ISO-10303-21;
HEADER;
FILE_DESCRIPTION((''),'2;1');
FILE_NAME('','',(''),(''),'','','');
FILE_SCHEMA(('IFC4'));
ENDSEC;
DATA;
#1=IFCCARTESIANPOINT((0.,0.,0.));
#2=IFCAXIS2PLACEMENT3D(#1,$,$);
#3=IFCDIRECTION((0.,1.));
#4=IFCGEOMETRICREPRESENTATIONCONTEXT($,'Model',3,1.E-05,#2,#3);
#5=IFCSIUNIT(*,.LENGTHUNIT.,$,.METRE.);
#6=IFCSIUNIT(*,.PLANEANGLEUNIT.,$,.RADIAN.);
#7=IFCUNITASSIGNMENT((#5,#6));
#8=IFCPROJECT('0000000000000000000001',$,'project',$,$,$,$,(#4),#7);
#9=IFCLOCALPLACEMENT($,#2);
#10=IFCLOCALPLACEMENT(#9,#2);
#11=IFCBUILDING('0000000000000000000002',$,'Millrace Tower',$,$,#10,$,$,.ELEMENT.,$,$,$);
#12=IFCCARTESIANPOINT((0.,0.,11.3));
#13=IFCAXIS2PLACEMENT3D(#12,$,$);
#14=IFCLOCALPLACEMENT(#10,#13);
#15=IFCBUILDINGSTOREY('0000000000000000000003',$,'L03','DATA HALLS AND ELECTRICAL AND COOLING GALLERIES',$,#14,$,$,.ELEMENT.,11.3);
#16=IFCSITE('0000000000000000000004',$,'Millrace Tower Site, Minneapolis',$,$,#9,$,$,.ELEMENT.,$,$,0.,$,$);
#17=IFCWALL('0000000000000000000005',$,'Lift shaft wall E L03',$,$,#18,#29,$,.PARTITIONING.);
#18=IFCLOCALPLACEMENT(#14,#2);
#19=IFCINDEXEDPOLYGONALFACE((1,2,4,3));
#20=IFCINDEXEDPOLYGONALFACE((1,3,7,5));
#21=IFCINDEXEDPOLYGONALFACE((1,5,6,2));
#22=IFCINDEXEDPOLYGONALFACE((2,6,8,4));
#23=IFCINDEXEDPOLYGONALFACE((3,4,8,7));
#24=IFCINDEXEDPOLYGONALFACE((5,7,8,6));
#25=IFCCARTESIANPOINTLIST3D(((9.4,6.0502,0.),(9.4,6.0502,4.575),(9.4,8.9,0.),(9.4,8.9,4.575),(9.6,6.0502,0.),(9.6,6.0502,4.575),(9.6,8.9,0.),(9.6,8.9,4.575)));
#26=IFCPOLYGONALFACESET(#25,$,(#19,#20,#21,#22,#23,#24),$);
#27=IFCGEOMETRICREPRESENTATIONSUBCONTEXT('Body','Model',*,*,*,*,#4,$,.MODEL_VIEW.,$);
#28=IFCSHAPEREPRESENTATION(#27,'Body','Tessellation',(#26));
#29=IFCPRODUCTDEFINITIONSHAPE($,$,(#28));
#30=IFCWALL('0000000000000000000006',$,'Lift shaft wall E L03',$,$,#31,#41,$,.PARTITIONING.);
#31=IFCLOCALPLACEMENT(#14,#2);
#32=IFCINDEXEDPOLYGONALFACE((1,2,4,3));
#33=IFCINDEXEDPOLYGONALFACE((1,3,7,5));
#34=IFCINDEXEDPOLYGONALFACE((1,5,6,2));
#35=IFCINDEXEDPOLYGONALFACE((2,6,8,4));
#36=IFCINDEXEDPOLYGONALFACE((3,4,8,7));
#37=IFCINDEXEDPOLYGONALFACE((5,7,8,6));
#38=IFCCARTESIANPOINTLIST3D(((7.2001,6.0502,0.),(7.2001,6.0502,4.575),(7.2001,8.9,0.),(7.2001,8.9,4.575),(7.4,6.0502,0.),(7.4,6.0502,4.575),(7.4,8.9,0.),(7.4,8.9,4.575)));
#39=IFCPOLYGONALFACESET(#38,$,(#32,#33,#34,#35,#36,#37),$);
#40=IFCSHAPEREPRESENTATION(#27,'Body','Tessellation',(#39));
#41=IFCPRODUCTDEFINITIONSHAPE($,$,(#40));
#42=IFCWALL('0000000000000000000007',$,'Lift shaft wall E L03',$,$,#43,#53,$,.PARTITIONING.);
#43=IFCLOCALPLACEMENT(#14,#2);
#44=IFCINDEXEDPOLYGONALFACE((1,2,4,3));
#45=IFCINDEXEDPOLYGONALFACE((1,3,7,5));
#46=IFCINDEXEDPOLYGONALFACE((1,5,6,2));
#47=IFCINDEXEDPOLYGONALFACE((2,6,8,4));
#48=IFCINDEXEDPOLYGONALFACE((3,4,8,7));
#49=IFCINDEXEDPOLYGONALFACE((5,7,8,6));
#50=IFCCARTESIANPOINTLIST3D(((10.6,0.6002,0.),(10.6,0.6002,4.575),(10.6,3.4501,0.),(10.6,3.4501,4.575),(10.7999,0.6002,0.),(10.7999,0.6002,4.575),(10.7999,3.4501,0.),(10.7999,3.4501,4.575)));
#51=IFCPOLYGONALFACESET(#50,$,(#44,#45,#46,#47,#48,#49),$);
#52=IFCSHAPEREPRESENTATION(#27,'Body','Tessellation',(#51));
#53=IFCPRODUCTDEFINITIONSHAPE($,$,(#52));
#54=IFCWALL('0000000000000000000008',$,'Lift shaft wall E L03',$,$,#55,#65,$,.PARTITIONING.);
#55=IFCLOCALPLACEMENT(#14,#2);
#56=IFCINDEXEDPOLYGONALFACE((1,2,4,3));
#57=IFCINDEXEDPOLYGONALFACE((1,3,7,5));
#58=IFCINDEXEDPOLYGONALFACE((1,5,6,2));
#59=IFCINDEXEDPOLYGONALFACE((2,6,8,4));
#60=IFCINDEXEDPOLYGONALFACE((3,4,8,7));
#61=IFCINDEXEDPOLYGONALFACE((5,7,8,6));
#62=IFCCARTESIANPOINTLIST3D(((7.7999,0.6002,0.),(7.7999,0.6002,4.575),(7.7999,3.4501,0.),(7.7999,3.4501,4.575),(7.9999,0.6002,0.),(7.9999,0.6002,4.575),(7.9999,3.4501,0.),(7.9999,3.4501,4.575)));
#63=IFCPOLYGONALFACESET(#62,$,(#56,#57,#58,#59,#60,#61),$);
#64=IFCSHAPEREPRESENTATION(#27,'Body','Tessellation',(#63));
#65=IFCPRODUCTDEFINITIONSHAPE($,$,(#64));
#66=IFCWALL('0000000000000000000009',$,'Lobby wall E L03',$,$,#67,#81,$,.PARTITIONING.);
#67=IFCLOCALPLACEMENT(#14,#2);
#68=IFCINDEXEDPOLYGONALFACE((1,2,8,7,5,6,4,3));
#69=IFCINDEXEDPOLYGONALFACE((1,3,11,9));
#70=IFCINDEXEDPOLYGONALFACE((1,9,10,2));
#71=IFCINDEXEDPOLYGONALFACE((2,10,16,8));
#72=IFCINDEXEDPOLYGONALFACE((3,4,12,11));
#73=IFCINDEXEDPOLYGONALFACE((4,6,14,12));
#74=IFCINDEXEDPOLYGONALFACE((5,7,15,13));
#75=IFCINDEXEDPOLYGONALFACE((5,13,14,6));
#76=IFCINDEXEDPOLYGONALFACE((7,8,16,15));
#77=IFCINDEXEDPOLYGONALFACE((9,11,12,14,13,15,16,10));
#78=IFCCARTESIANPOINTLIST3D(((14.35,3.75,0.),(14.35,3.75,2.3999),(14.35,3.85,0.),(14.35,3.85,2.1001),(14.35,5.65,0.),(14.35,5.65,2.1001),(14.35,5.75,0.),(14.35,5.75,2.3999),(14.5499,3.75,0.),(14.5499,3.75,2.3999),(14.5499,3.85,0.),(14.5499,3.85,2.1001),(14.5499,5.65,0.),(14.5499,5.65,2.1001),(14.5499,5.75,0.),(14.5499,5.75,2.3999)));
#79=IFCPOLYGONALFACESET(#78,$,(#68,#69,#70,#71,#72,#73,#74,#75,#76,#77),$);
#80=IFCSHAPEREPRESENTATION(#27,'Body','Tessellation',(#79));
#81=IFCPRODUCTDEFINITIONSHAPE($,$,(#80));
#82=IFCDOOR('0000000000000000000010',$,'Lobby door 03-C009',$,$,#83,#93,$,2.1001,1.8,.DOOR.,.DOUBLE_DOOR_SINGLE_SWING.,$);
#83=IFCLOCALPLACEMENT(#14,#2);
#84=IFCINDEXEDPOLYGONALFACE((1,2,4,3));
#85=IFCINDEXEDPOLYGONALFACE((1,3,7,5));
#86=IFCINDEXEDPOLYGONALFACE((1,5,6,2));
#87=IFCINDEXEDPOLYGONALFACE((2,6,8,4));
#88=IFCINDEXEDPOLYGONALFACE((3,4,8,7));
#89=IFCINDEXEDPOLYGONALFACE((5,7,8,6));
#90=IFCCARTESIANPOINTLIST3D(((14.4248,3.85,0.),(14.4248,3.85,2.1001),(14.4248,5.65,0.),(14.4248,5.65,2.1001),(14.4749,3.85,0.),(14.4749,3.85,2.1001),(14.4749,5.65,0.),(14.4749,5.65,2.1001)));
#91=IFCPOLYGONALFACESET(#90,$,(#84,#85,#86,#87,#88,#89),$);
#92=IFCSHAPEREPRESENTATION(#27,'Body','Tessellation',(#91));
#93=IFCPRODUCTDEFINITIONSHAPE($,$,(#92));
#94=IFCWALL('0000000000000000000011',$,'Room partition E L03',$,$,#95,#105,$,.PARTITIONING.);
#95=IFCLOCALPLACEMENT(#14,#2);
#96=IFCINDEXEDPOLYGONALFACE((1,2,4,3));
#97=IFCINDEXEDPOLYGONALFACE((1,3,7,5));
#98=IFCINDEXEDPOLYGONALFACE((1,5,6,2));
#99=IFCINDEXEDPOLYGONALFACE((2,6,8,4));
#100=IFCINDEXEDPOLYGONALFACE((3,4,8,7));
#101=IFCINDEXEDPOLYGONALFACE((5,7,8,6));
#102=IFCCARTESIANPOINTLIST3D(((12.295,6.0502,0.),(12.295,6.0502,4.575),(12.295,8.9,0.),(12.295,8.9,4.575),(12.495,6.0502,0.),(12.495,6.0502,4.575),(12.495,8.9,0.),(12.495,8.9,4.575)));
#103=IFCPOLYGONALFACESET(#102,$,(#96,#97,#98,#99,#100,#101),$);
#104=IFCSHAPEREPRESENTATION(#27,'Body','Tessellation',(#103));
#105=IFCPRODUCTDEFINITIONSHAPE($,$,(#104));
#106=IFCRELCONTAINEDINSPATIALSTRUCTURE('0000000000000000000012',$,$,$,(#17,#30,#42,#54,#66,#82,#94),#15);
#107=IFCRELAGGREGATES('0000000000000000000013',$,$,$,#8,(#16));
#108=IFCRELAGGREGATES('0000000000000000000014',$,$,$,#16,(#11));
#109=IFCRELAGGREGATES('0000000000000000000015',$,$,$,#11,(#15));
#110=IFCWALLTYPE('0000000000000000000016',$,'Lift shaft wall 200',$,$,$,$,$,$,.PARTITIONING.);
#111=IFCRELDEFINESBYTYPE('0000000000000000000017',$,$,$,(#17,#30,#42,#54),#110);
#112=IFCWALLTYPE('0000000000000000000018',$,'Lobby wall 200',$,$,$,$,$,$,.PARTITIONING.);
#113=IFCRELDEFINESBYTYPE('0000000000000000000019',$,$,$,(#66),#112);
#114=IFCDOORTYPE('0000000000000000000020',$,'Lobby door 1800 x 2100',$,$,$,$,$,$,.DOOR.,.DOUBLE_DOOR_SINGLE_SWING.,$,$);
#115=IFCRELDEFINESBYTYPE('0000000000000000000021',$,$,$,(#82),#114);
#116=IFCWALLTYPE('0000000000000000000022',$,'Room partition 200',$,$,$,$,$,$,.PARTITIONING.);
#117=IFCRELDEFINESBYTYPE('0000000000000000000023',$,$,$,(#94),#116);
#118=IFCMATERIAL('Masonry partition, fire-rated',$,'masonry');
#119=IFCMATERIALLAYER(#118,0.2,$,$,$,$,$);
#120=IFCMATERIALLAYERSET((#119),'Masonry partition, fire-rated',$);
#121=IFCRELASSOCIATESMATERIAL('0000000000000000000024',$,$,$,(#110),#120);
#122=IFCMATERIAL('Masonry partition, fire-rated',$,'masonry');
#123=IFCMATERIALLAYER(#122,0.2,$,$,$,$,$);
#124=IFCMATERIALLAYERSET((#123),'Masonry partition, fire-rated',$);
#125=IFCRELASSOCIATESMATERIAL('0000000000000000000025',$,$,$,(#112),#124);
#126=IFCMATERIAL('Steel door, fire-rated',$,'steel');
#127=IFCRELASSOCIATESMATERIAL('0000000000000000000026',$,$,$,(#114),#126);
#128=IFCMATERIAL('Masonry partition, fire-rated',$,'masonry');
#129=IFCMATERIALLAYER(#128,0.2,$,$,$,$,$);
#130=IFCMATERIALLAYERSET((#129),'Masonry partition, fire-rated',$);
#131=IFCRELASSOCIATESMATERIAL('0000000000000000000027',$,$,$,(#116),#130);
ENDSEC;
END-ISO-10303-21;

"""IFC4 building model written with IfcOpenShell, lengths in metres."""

from ifc_helpers import new_model, si_unit, direction, frame, frame_2d, origin, place, context, subcontext, project, spatial, rectangle, extrude, material, layer, layer_set, type_object, element, fill, save


model = new_model("IFC4")

# Units and contexts
model_context = context("Model", 3, precision=1e-05, world=origin(), true_north=direction((0.0, 1.0)))
body_context = subcontext(model_context, "Body", "Model", "MODEL_VIEW")
ifc_project = project(units=[si_unit("LENGTHUNIT", "METRE"), si_unit("PLANEANGLEUNIT", "RADIAN")], contexts=[model_context])

# Site, building, storey
site_placement = place(None, origin())
site = spatial("IfcSite", under=ifc_project, at=site_placement, Name="Millrace Tower Site, Minneapolis", CompositionType="ELEMENT", RefElevation=0.0)
building_placement = place(site_placement, origin())
building = spatial("IfcBuilding", under=site, at=building_placement, Name="Millrace Tower", CompositionType="ELEMENT")
storey_placement = place(building_placement, frame((0.0, 0.0, 11.3)))
storey = spatial("IfcBuildingStorey", under=building, at=storey_placement, Name="L03", Description="DATA HALLS AND ELECTRICAL AND COOLING GALLERIES", CompositionType="ELEMENT", Elevation=11.3)

# Shared definitions
ifc_material_1 = material(Name="Masonry partition, fire-rated", Category="masonry")
ifc_layer_1 = layer(ifc_material_1, 0.2)
ifc_layer_set_1 = layer_set([ifc_layer_1], Name="Masonry partition, fire-rated")
wall_type_1 = type_object("IfcWallType", Name="Lift shaft wall 200", PredefinedType="PARTITIONING", material=ifc_layer_set_1)

# Walls
for number, where, z_axis, x_axis, name in (
    (1, (9.5, 8.8999, 0.0), (0.0, 0.0, 1.0), (0.0, -1.0, 0.0), "Lift shaft wall E L03"),
    (2, (7.3, 8.8999, 0.0), (0.0, 0.0, 1.0), (0.0, -1.0, 0.0), "Lift shaft wall E L03"),
    (3, (10.7, 3.45, 0.0), (0.0, 0.0, 1.0), (0.0, -1.0, 0.0), "Lift shaft wall E L03"),
    (4, (7.8999, 3.45, 0.0), (0.0, 0.0, 1.0), (0.0, -1.0, 0.0), "Lift shaft wall E L03"),
):
    element("IfcWall", number, at=place(storey_placement, frame(where, z_axis=z_axis, x_axis=x_axis)), inside=storey, type_object=wall_type_1, Name=name, PredefinedType="PARTITIONING", context=body_context, shape_type="SweptSolid", body=[
        extrude(rectangle(XDim=2.8499, YDim=0.2, at=frame_2d((1.4248, 0.0))), origin(), (0.0, 0.0, 1.0), 4.575),
    ])

# Wall, opening, door
ifc_material_2 = material(Name="Masonry partition, fire-rated", Category="masonry")
ifc_layer_2 = layer(ifc_material_2, 0.2)
ifc_layer_set_2 = layer_set([ifc_layer_2], Name="Masonry partition, fire-rated")
wall_type_2 = type_object("IfcWallType", Name="Lobby wall 200", PredefinedType="PARTITIONING", material=ifc_layer_set_2)
wall_1_placement = place(storey_placement, frame((14.45, 5.75, 0.0), z_axis=(0.0, 0.0, 1.0), x_axis=(0.0, -1.0, 0.0)))
wall_1 = element("IfcWall", 5, at=wall_1_placement, inside=storey, type_object=wall_type_2, Name="Lobby wall E L03", PredefinedType="PARTITIONING", context=body_context, shape_type="SweptSolid", body=[
    extrude(rectangle(XDim=2.0, YDim=0.2, at=frame_2d((1.0, 0.0))), origin(), (0.0, 0.0, 1.0), 2.3999),
])
opening_1_placement = place(wall_1_placement, frame((0.1001, 0.0, 0.0)))
opening_1 = element("IfcOpeningElement", 6, at=opening_1_placement, cuts=wall_1, PredefinedType="OPENING", context=body_context, shape_type="SweptSolid", body=[
    extrude(rectangle(XDim=1.8, YDim=2.1001, at=frame_2d((0.8999, 1.05))), frame((0.0, 0.1099, 0.0), z_axis=(0.0, -1.0, 0.0), x_axis=(1.0, 0.0, 0.0)), (0.0, 0.0, 1.0), 0.22),
])
ifc_material_3 = material(Name="Steel door, fire-rated", Category="steel")
door_type_1 = type_object("IfcDoorType", Name="Lobby door 1800 x 2100", OperationType="DOUBLE_DOOR_SINGLE_SWING", PredefinedType="DOOR", material=ifc_material_3)
door_1_placement = place(opening_1_placement, origin())
door_1 = element("IfcDoor", 7, at=door_1_placement, inside=storey, type_object=door_type_1, Name="Lobby door 03-C009", OperationType="DOUBLE_DOOR_SINGLE_SWING", OverallHeight=2.1001, OverallWidth=1.8, PredefinedType="DOOR", context=body_context, shape_type="SweptSolid", body=[
    extrude(rectangle(XDim=1.8, YDim=2.1001, at=frame_2d((0.8999, 1.05))), frame((0.0, 0.0249, 0.0), z_axis=(0.0, -1.0, 0.0), x_axis=(1.0, 0.0, 0.0)), (0.0, 0.0, 1.0), 0.05),
])
fill(opening_1, door_1)

# Wall
ifc_material_4 = material(Name="Masonry partition, fire-rated", Category="masonry")
ifc_layer_3 = layer(ifc_material_4, 0.2)
ifc_layer_set_3 = layer_set([ifc_layer_3], Name="Masonry partition, fire-rated")
wall_type_3 = type_object("IfcWallType", Name="Room partition 200", PredefinedType="PARTITIONING", material=ifc_layer_set_3)
wall_2_placement = place(storey_placement, frame((12.395, 8.8999, 0.0), z_axis=(0.0, 0.0, 1.0), x_axis=(0.0, -1.0, 0.0)))
element("IfcWall", 8, at=wall_2_placement, inside=storey, type_object=wall_type_3, Name="Room partition E L03", PredefinedType="PARTITIONING", context=body_context, shape_type="SweptSolid", body=[
    extrude(rectangle(XDim=2.8499, YDim=0.2, at=frame_2d((1.4248, 0.0))), origin(), (0.0, 0.0, 1.0), 4.575),
])

save(model, "model.ifc")
